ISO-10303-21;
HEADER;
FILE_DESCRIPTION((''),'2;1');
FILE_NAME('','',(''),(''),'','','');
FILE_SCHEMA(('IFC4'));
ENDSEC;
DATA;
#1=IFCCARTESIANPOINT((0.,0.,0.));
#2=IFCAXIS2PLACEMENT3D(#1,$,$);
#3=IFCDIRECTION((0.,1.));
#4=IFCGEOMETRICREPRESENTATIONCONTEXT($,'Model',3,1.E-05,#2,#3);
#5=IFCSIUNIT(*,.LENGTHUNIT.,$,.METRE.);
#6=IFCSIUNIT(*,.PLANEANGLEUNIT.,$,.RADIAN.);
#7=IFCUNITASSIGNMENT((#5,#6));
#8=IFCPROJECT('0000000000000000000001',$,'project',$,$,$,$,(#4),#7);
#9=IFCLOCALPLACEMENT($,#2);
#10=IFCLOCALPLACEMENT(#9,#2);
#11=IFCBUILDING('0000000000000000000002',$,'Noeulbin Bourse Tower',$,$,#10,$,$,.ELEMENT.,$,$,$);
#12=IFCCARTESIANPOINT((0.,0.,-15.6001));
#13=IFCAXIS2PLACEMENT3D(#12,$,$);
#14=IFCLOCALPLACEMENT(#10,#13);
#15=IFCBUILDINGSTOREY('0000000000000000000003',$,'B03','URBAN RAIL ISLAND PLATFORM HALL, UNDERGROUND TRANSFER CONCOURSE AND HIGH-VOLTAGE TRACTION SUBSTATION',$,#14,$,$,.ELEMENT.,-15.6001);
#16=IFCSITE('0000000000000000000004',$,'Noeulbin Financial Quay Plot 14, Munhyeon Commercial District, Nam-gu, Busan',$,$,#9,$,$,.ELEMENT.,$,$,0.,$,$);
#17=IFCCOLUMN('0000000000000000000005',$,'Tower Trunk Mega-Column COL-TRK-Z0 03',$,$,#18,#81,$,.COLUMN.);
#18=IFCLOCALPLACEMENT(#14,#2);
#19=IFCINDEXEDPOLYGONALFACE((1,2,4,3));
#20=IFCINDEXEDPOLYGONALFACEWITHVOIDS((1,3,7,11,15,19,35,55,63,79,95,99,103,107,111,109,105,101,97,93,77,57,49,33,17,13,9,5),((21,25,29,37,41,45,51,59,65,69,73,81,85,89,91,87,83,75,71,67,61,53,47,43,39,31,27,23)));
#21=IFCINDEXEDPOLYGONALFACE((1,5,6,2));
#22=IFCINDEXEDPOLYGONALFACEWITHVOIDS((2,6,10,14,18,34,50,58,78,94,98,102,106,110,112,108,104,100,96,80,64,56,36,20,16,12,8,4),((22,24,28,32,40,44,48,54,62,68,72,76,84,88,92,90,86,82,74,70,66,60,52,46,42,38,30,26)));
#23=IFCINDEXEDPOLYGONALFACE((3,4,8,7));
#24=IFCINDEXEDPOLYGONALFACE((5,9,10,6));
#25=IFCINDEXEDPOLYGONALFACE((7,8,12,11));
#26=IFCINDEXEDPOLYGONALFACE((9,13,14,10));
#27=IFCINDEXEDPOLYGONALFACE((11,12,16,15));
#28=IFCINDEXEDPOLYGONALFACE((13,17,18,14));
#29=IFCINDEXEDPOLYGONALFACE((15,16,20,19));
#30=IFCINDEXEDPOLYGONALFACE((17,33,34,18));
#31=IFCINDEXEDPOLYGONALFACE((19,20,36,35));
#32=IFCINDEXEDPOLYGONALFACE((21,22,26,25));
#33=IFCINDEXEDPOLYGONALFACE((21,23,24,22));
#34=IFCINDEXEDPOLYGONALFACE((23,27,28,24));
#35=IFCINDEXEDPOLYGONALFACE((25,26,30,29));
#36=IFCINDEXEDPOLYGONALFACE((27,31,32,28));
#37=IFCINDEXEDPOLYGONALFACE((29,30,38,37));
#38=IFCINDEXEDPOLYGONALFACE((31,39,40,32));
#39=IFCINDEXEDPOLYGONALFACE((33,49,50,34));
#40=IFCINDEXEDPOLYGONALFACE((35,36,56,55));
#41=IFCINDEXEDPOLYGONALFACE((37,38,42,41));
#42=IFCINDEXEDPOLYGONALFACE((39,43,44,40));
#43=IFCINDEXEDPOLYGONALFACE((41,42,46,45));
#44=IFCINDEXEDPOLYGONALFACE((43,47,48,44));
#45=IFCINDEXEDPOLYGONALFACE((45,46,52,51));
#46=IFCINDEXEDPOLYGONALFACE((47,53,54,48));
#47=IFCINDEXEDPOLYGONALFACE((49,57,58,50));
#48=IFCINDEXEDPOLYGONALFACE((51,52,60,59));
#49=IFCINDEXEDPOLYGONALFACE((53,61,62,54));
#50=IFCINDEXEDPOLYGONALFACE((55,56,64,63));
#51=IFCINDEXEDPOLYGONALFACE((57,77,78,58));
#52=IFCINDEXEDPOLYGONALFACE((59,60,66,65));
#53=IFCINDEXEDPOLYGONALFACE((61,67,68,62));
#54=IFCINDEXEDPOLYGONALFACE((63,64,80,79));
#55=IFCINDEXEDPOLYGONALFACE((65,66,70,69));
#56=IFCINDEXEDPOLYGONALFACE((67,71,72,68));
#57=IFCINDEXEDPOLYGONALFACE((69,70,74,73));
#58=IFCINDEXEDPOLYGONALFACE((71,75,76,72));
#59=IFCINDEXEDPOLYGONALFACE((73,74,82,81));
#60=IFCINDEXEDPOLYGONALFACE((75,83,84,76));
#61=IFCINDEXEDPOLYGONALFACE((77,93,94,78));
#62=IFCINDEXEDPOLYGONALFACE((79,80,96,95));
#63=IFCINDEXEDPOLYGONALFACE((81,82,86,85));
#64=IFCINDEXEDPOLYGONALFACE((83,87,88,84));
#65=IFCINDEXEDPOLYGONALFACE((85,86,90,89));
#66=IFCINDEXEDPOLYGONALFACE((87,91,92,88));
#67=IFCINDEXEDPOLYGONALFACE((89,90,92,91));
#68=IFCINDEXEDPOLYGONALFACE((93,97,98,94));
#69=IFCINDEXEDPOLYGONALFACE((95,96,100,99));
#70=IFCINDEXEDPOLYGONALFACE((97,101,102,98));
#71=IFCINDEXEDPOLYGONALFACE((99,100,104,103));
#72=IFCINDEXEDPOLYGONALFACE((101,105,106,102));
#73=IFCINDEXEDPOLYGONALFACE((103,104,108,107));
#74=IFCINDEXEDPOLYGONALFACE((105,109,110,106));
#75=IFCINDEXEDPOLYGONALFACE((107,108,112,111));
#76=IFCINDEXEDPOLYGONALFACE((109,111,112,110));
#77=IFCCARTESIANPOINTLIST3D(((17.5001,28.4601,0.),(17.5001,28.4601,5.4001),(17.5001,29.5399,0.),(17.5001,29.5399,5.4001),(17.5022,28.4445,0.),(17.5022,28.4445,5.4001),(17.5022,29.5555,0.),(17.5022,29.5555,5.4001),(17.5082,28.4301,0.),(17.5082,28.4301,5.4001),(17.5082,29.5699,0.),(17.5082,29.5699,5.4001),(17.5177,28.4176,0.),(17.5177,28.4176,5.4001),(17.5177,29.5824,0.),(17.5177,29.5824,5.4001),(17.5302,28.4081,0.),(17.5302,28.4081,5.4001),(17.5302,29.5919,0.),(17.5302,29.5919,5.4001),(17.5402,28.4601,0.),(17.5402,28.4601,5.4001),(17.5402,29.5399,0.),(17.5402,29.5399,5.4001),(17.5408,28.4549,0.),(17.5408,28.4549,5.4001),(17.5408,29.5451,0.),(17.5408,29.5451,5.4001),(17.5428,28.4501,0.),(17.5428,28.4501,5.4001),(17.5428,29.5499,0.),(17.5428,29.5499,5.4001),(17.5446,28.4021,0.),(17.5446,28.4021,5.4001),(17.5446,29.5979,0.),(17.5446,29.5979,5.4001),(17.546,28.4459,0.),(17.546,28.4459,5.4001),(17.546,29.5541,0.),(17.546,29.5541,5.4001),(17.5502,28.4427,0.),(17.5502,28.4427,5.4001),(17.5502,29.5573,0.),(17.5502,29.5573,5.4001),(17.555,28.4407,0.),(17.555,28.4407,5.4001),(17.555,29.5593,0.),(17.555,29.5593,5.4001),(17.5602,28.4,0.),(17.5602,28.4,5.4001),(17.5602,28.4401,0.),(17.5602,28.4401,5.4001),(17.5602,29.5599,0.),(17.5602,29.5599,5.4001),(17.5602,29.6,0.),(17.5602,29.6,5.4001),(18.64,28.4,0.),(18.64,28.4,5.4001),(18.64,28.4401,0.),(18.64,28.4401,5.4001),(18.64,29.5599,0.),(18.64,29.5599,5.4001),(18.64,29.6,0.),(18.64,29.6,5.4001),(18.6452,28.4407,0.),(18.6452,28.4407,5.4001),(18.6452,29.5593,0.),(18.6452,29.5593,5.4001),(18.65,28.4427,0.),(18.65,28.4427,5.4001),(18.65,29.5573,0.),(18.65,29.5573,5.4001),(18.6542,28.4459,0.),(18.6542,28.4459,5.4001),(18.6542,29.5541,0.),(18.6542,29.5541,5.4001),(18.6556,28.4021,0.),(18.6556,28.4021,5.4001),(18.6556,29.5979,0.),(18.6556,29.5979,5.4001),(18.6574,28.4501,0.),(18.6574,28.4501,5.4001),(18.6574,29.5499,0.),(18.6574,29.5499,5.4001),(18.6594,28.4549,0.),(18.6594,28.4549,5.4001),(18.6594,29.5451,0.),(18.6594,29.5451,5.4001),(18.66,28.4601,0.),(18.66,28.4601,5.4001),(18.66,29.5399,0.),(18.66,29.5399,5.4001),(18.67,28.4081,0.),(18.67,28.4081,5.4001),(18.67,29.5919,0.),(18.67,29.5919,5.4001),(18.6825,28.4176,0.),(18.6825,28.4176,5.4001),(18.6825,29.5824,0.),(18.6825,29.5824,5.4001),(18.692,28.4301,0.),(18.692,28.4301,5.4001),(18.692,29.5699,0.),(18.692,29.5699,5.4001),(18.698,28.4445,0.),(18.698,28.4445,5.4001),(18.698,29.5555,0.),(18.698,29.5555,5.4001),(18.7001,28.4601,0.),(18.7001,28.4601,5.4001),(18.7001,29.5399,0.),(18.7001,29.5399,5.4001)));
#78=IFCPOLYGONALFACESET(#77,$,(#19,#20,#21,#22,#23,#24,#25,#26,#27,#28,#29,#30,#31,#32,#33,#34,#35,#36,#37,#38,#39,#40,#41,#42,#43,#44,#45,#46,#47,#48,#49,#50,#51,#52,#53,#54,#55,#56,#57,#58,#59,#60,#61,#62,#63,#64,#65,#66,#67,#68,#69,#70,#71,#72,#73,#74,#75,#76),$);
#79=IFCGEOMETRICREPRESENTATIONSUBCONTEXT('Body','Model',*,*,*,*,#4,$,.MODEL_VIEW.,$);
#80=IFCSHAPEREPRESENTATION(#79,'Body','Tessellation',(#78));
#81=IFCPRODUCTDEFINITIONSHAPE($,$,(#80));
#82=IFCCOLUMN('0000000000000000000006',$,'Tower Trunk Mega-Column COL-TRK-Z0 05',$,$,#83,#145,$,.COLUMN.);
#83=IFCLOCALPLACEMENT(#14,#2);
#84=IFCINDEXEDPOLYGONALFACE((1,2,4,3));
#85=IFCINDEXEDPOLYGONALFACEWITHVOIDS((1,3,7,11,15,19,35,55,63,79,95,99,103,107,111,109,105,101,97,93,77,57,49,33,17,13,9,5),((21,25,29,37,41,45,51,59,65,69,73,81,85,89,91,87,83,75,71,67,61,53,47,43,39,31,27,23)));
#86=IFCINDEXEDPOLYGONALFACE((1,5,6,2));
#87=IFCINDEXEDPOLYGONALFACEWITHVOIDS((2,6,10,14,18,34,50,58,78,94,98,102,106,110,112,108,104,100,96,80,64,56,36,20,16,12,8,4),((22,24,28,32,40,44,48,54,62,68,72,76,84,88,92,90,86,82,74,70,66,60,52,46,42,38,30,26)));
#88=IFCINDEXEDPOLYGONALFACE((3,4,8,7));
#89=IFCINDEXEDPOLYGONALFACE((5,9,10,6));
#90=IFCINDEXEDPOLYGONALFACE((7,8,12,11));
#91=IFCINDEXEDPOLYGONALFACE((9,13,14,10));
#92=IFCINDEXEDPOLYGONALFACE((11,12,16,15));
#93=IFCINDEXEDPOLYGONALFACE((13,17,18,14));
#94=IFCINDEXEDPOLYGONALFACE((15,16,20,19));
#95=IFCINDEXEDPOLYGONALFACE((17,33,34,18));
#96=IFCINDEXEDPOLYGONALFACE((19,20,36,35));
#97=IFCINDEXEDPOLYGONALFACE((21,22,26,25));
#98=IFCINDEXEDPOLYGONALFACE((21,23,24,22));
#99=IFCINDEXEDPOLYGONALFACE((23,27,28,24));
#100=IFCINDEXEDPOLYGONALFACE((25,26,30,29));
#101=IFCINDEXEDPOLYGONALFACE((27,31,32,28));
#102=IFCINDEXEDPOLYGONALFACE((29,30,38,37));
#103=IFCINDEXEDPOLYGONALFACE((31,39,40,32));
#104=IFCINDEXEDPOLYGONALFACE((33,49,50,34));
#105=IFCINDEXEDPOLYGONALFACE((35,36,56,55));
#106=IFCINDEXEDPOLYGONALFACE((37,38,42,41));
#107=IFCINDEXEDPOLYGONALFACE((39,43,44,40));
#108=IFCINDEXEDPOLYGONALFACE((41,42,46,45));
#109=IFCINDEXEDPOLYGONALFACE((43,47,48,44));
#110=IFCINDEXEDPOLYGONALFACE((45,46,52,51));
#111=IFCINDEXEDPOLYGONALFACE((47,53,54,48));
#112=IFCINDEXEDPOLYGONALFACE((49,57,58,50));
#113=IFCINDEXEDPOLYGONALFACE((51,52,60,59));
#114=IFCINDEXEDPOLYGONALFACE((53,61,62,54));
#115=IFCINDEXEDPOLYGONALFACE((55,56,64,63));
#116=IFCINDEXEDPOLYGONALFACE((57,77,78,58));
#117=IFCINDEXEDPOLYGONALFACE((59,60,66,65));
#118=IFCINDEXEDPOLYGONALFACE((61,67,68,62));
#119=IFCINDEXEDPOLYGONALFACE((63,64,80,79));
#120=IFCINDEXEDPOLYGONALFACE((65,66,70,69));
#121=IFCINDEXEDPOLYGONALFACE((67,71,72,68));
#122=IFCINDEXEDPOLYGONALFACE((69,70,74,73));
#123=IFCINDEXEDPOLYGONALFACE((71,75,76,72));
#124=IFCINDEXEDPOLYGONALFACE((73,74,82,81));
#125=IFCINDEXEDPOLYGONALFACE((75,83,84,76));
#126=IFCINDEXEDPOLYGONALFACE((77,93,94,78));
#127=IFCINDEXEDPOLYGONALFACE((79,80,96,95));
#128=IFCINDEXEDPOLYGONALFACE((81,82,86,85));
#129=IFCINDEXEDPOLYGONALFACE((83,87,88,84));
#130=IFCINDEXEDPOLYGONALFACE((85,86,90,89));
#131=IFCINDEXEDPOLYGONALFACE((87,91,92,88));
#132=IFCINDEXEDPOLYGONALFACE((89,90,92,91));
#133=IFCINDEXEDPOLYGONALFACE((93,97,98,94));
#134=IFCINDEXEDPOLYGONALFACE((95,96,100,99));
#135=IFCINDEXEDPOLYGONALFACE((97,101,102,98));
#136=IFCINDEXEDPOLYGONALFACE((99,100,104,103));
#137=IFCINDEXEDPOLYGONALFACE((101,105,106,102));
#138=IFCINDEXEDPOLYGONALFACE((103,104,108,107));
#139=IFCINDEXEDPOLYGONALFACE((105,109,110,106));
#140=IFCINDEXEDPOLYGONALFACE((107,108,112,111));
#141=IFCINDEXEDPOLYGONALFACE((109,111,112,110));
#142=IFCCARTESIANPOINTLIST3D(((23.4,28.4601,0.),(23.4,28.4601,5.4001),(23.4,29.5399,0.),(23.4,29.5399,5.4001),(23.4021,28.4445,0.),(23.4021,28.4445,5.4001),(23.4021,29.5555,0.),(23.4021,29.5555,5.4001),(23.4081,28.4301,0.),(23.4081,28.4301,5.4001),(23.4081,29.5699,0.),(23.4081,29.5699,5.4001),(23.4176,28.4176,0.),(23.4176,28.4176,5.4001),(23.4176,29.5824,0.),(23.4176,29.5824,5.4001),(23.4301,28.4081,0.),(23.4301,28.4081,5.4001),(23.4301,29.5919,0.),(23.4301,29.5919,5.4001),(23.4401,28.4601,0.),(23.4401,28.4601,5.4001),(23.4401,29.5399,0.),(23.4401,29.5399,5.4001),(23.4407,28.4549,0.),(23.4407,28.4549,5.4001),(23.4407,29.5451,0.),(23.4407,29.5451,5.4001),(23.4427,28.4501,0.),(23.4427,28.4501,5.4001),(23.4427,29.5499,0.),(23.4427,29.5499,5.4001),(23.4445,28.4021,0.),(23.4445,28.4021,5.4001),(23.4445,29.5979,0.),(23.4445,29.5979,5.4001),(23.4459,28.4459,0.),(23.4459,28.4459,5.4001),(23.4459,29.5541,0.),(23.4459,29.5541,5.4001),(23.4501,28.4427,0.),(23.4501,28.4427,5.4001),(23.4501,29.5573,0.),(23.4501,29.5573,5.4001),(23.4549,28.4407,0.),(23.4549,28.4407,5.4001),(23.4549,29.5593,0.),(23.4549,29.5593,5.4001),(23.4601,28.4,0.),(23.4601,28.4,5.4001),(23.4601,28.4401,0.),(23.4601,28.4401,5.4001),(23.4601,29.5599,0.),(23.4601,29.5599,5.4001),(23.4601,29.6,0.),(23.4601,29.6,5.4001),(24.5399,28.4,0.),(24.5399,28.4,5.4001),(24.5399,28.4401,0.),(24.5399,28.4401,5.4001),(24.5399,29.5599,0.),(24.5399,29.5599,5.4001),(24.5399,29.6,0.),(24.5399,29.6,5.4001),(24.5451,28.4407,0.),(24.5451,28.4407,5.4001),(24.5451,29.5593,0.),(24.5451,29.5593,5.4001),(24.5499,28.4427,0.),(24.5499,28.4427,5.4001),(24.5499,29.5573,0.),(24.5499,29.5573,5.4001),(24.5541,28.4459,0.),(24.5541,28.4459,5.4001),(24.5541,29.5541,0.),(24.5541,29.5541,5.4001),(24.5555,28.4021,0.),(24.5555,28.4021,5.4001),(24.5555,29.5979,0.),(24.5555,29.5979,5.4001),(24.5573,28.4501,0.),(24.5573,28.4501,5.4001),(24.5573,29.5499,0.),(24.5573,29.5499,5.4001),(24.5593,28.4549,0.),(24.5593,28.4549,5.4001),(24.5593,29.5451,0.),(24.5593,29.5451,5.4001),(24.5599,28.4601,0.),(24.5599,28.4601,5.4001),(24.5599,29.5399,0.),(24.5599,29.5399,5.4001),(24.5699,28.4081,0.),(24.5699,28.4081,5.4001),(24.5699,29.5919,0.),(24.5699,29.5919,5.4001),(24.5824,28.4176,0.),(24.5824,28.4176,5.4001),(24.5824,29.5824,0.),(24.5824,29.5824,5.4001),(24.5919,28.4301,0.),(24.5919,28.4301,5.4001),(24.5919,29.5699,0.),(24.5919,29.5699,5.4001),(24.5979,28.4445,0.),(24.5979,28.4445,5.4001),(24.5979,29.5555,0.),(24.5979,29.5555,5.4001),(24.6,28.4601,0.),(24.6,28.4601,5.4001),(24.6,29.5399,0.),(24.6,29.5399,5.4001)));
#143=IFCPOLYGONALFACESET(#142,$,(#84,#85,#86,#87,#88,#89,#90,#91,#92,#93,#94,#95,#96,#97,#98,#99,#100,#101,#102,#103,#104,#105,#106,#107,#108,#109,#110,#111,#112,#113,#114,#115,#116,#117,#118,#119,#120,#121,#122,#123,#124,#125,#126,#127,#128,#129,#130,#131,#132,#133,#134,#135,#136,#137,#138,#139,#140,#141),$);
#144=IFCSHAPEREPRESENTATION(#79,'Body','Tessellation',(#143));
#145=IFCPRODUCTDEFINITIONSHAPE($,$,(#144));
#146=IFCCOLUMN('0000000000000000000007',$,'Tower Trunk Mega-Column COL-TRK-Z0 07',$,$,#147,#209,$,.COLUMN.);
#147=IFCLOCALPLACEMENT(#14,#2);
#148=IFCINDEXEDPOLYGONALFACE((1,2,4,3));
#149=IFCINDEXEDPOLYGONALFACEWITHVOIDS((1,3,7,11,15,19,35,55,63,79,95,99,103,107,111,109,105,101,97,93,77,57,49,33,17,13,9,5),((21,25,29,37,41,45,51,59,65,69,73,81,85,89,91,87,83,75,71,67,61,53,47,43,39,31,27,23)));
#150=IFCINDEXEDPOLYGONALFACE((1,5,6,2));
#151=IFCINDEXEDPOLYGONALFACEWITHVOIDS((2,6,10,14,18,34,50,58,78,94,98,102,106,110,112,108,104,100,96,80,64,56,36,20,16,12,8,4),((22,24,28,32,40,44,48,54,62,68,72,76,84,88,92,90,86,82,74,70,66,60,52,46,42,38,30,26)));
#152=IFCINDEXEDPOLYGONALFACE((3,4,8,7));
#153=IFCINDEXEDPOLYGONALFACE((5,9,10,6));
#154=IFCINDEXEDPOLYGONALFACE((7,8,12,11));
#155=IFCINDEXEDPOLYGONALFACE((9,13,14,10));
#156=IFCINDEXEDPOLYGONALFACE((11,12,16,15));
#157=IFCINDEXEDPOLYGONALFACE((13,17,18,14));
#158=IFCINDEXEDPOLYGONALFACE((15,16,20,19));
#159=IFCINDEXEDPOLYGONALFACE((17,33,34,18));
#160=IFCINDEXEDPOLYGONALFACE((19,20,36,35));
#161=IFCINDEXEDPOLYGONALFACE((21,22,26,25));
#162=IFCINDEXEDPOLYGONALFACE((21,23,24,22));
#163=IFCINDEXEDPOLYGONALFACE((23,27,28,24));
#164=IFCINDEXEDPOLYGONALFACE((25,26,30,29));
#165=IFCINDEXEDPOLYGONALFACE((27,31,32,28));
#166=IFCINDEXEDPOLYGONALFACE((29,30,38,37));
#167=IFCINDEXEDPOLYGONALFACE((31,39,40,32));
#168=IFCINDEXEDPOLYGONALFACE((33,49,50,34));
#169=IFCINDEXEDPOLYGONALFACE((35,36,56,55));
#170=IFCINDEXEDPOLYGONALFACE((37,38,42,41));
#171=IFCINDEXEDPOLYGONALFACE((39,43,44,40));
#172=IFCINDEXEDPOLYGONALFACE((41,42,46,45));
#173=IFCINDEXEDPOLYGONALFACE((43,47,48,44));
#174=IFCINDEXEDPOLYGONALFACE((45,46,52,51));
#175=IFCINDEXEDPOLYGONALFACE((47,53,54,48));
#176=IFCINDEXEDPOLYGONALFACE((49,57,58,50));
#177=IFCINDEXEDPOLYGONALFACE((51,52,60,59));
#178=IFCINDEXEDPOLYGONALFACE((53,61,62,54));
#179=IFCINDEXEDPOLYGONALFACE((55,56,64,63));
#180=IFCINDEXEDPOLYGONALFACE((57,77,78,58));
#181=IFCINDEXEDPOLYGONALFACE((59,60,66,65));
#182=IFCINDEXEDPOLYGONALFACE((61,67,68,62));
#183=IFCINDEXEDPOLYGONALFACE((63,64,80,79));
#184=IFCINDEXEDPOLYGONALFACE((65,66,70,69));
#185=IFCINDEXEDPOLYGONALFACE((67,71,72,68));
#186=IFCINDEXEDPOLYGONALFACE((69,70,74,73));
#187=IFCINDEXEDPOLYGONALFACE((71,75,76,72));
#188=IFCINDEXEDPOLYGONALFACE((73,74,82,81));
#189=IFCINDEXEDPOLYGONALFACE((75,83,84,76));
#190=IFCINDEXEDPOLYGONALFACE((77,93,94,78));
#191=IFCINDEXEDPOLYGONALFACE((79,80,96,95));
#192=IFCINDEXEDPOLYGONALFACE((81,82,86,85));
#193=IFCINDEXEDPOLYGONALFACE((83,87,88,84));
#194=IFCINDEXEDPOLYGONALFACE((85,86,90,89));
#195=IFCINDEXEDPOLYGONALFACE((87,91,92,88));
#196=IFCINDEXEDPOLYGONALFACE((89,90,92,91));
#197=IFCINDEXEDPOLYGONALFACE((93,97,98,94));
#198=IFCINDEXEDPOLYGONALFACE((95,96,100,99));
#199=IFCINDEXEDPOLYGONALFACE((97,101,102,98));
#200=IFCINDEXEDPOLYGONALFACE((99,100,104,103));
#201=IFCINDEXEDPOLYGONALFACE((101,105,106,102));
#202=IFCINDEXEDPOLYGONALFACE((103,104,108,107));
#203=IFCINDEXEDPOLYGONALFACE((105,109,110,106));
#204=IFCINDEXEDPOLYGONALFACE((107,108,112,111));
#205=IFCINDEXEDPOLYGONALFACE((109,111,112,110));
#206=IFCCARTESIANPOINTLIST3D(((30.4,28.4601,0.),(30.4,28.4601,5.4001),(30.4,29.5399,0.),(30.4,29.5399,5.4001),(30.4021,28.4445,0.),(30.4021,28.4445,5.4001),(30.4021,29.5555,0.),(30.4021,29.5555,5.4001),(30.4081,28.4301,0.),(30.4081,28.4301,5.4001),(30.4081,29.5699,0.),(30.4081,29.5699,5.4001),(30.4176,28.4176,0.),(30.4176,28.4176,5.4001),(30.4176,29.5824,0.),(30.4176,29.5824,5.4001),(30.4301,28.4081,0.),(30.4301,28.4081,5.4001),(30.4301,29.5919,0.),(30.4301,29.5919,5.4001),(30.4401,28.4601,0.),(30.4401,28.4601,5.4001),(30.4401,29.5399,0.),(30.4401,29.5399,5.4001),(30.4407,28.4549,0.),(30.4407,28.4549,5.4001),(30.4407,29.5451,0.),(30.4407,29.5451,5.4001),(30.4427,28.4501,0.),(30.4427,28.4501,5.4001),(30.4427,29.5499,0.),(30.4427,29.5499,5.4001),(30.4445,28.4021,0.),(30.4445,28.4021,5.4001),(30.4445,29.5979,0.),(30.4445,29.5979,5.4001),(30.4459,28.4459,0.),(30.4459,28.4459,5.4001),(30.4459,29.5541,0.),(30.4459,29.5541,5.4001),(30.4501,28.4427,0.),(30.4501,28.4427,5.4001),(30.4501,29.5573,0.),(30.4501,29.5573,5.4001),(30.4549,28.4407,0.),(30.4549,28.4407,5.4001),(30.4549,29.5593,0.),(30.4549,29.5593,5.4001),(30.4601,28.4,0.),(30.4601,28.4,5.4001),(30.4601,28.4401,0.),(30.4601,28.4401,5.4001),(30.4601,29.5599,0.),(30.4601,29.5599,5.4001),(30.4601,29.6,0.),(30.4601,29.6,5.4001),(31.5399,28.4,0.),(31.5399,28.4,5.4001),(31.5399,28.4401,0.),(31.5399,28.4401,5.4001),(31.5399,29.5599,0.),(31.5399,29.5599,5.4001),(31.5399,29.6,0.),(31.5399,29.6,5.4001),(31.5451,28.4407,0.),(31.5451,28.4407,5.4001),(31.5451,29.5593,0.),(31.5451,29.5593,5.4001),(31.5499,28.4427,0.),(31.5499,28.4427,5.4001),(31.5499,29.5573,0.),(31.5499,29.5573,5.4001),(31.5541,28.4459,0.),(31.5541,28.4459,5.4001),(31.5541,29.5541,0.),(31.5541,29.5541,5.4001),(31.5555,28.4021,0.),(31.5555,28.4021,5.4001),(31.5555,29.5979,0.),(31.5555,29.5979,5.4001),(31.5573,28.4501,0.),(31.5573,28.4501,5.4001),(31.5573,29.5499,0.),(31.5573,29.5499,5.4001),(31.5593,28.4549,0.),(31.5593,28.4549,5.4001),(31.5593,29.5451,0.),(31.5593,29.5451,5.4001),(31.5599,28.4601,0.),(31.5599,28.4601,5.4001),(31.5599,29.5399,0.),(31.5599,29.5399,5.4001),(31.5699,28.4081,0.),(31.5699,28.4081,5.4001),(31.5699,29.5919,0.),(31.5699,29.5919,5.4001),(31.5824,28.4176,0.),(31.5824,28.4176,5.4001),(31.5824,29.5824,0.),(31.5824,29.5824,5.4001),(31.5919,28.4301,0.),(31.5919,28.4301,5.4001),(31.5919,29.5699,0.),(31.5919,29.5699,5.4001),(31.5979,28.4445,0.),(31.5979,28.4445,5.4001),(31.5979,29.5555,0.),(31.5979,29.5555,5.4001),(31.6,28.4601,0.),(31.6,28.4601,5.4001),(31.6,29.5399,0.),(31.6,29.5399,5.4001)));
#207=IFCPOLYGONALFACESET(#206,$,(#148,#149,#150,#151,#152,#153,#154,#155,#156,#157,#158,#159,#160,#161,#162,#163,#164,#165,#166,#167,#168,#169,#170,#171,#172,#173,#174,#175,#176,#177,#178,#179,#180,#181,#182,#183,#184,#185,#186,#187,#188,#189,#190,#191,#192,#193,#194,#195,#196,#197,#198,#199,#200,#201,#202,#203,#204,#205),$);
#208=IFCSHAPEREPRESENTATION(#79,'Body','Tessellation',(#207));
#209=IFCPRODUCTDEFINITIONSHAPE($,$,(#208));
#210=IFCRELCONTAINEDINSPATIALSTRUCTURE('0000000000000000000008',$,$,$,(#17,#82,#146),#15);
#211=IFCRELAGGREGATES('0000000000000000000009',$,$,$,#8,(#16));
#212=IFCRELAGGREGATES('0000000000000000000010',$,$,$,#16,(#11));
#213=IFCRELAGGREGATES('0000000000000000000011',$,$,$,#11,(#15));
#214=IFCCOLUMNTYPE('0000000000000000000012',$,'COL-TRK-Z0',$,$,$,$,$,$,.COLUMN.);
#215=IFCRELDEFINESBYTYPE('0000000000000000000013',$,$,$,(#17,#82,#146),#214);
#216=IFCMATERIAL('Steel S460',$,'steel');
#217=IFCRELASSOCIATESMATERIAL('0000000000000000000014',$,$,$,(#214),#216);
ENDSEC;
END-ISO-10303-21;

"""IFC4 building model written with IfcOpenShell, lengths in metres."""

from ifc_helpers import new_model, si_unit, direction, frame, origin, origin_2d, place, context, subcontext, project, spatial, hollow_rectangle, extrude, material, material_profile, profile_set, type_object, element, save


model = new_model("IFC4")

# Units and contexts
model_context = context("Model", 3, precision=1e-05, world=origin(), true_north=direction((0.0, 1.0)))
body_context = subcontext(model_context, "Body", "Model", "MODEL_VIEW")
ifc_project = project(units=[si_unit("LENGTHUNIT", "METRE"), si_unit("PLANEANGLEUNIT", "RADIAN")], contexts=[model_context])

# Site, building, storey
site_placement = place(None, origin())
site = spatial("IfcSite", under=ifc_project, at=site_placement, Name="Noeulbin Financial Quay Plot 14, Munhyeon Commercial District, Nam-gu, Busan", CompositionType="ELEMENT", RefElevation=0.0)
building_placement = place(site_placement, origin())
building = spatial("IfcBuilding", under=site, at=building_placement, Name="Noeulbin Bourse Tower", CompositionType="ELEMENT")
storey_placement = place(building_placement, frame((0.0, 0.0, -15.6001)))
storey = spatial("IfcBuildingStorey", under=building, at=storey_placement, Name="B03", Description="URBAN RAIL ISLAND PLATFORM HALL, UNDERGROUND TRANSFER CONCOURSE AND HIGH-VOLTAGE TRACTION SUBSTATION", CompositionType="ELEMENT", Elevation=-15.6001)

# Columns
ifc_material_1 = material(Name="Steel S460", Category="steel")
ifc_material_profile_1 = material_profile(ifc_material_1, hollow_rectangle(XDim=1.2, YDim=1.2, WallThickness=0.04, InnerFilletRadius=0.02, OuterFilletRadius=0.0601, at=origin_2d()), Name="BOX-1200x1200x40", Category="LoadBearing")
ifc_profile_set_1 = profile_set([ifc_material_profile_1], Name="Steel S460")
column_type = type_object("IfcColumnType", Name="COL-TRK-Z0", PredefinedType="COLUMN", material=ifc_profile_set_1)
for number, where, z_axis, x_axis, name in (
    (1, (18.1001, 29.0, 0.0), (0.0, 0.0, 1.0), (1.0, 0.0, 0.0), "Tower Trunk Mega-Column COL-TRK-Z0 03"),
    (2, (24.0, 29.0, 0.0), (0.0, 0.0, 1.0), (1.0, 0.0, 0.0), "Tower Trunk Mega-Column COL-TRK-Z0 05"),
    (3, (31.0, 29.0, 0.0), (0.0, 0.0, 1.0), (1.0, 0.0, 0.0), "Tower Trunk Mega-Column COL-TRK-Z0 07"),
):
    element("IfcColumn", number, at=place(storey_placement, frame(where, z_axis=z_axis, x_axis=x_axis)), inside=storey, type_object=column_type, Name=name, PredefinedType="COLUMN", context=body_context, shape_type="SweptSolid", body=[
        extrude(hollow_rectangle(XDim=1.2, YDim=1.2, WallThickness=0.04, InnerFilletRadius=0.02, OuterFilletRadius=0.0601, at=origin_2d()), origin(), (0.0, 0.0, 1.0), 5.4001),
    ])

save(model, "model.ifc")
